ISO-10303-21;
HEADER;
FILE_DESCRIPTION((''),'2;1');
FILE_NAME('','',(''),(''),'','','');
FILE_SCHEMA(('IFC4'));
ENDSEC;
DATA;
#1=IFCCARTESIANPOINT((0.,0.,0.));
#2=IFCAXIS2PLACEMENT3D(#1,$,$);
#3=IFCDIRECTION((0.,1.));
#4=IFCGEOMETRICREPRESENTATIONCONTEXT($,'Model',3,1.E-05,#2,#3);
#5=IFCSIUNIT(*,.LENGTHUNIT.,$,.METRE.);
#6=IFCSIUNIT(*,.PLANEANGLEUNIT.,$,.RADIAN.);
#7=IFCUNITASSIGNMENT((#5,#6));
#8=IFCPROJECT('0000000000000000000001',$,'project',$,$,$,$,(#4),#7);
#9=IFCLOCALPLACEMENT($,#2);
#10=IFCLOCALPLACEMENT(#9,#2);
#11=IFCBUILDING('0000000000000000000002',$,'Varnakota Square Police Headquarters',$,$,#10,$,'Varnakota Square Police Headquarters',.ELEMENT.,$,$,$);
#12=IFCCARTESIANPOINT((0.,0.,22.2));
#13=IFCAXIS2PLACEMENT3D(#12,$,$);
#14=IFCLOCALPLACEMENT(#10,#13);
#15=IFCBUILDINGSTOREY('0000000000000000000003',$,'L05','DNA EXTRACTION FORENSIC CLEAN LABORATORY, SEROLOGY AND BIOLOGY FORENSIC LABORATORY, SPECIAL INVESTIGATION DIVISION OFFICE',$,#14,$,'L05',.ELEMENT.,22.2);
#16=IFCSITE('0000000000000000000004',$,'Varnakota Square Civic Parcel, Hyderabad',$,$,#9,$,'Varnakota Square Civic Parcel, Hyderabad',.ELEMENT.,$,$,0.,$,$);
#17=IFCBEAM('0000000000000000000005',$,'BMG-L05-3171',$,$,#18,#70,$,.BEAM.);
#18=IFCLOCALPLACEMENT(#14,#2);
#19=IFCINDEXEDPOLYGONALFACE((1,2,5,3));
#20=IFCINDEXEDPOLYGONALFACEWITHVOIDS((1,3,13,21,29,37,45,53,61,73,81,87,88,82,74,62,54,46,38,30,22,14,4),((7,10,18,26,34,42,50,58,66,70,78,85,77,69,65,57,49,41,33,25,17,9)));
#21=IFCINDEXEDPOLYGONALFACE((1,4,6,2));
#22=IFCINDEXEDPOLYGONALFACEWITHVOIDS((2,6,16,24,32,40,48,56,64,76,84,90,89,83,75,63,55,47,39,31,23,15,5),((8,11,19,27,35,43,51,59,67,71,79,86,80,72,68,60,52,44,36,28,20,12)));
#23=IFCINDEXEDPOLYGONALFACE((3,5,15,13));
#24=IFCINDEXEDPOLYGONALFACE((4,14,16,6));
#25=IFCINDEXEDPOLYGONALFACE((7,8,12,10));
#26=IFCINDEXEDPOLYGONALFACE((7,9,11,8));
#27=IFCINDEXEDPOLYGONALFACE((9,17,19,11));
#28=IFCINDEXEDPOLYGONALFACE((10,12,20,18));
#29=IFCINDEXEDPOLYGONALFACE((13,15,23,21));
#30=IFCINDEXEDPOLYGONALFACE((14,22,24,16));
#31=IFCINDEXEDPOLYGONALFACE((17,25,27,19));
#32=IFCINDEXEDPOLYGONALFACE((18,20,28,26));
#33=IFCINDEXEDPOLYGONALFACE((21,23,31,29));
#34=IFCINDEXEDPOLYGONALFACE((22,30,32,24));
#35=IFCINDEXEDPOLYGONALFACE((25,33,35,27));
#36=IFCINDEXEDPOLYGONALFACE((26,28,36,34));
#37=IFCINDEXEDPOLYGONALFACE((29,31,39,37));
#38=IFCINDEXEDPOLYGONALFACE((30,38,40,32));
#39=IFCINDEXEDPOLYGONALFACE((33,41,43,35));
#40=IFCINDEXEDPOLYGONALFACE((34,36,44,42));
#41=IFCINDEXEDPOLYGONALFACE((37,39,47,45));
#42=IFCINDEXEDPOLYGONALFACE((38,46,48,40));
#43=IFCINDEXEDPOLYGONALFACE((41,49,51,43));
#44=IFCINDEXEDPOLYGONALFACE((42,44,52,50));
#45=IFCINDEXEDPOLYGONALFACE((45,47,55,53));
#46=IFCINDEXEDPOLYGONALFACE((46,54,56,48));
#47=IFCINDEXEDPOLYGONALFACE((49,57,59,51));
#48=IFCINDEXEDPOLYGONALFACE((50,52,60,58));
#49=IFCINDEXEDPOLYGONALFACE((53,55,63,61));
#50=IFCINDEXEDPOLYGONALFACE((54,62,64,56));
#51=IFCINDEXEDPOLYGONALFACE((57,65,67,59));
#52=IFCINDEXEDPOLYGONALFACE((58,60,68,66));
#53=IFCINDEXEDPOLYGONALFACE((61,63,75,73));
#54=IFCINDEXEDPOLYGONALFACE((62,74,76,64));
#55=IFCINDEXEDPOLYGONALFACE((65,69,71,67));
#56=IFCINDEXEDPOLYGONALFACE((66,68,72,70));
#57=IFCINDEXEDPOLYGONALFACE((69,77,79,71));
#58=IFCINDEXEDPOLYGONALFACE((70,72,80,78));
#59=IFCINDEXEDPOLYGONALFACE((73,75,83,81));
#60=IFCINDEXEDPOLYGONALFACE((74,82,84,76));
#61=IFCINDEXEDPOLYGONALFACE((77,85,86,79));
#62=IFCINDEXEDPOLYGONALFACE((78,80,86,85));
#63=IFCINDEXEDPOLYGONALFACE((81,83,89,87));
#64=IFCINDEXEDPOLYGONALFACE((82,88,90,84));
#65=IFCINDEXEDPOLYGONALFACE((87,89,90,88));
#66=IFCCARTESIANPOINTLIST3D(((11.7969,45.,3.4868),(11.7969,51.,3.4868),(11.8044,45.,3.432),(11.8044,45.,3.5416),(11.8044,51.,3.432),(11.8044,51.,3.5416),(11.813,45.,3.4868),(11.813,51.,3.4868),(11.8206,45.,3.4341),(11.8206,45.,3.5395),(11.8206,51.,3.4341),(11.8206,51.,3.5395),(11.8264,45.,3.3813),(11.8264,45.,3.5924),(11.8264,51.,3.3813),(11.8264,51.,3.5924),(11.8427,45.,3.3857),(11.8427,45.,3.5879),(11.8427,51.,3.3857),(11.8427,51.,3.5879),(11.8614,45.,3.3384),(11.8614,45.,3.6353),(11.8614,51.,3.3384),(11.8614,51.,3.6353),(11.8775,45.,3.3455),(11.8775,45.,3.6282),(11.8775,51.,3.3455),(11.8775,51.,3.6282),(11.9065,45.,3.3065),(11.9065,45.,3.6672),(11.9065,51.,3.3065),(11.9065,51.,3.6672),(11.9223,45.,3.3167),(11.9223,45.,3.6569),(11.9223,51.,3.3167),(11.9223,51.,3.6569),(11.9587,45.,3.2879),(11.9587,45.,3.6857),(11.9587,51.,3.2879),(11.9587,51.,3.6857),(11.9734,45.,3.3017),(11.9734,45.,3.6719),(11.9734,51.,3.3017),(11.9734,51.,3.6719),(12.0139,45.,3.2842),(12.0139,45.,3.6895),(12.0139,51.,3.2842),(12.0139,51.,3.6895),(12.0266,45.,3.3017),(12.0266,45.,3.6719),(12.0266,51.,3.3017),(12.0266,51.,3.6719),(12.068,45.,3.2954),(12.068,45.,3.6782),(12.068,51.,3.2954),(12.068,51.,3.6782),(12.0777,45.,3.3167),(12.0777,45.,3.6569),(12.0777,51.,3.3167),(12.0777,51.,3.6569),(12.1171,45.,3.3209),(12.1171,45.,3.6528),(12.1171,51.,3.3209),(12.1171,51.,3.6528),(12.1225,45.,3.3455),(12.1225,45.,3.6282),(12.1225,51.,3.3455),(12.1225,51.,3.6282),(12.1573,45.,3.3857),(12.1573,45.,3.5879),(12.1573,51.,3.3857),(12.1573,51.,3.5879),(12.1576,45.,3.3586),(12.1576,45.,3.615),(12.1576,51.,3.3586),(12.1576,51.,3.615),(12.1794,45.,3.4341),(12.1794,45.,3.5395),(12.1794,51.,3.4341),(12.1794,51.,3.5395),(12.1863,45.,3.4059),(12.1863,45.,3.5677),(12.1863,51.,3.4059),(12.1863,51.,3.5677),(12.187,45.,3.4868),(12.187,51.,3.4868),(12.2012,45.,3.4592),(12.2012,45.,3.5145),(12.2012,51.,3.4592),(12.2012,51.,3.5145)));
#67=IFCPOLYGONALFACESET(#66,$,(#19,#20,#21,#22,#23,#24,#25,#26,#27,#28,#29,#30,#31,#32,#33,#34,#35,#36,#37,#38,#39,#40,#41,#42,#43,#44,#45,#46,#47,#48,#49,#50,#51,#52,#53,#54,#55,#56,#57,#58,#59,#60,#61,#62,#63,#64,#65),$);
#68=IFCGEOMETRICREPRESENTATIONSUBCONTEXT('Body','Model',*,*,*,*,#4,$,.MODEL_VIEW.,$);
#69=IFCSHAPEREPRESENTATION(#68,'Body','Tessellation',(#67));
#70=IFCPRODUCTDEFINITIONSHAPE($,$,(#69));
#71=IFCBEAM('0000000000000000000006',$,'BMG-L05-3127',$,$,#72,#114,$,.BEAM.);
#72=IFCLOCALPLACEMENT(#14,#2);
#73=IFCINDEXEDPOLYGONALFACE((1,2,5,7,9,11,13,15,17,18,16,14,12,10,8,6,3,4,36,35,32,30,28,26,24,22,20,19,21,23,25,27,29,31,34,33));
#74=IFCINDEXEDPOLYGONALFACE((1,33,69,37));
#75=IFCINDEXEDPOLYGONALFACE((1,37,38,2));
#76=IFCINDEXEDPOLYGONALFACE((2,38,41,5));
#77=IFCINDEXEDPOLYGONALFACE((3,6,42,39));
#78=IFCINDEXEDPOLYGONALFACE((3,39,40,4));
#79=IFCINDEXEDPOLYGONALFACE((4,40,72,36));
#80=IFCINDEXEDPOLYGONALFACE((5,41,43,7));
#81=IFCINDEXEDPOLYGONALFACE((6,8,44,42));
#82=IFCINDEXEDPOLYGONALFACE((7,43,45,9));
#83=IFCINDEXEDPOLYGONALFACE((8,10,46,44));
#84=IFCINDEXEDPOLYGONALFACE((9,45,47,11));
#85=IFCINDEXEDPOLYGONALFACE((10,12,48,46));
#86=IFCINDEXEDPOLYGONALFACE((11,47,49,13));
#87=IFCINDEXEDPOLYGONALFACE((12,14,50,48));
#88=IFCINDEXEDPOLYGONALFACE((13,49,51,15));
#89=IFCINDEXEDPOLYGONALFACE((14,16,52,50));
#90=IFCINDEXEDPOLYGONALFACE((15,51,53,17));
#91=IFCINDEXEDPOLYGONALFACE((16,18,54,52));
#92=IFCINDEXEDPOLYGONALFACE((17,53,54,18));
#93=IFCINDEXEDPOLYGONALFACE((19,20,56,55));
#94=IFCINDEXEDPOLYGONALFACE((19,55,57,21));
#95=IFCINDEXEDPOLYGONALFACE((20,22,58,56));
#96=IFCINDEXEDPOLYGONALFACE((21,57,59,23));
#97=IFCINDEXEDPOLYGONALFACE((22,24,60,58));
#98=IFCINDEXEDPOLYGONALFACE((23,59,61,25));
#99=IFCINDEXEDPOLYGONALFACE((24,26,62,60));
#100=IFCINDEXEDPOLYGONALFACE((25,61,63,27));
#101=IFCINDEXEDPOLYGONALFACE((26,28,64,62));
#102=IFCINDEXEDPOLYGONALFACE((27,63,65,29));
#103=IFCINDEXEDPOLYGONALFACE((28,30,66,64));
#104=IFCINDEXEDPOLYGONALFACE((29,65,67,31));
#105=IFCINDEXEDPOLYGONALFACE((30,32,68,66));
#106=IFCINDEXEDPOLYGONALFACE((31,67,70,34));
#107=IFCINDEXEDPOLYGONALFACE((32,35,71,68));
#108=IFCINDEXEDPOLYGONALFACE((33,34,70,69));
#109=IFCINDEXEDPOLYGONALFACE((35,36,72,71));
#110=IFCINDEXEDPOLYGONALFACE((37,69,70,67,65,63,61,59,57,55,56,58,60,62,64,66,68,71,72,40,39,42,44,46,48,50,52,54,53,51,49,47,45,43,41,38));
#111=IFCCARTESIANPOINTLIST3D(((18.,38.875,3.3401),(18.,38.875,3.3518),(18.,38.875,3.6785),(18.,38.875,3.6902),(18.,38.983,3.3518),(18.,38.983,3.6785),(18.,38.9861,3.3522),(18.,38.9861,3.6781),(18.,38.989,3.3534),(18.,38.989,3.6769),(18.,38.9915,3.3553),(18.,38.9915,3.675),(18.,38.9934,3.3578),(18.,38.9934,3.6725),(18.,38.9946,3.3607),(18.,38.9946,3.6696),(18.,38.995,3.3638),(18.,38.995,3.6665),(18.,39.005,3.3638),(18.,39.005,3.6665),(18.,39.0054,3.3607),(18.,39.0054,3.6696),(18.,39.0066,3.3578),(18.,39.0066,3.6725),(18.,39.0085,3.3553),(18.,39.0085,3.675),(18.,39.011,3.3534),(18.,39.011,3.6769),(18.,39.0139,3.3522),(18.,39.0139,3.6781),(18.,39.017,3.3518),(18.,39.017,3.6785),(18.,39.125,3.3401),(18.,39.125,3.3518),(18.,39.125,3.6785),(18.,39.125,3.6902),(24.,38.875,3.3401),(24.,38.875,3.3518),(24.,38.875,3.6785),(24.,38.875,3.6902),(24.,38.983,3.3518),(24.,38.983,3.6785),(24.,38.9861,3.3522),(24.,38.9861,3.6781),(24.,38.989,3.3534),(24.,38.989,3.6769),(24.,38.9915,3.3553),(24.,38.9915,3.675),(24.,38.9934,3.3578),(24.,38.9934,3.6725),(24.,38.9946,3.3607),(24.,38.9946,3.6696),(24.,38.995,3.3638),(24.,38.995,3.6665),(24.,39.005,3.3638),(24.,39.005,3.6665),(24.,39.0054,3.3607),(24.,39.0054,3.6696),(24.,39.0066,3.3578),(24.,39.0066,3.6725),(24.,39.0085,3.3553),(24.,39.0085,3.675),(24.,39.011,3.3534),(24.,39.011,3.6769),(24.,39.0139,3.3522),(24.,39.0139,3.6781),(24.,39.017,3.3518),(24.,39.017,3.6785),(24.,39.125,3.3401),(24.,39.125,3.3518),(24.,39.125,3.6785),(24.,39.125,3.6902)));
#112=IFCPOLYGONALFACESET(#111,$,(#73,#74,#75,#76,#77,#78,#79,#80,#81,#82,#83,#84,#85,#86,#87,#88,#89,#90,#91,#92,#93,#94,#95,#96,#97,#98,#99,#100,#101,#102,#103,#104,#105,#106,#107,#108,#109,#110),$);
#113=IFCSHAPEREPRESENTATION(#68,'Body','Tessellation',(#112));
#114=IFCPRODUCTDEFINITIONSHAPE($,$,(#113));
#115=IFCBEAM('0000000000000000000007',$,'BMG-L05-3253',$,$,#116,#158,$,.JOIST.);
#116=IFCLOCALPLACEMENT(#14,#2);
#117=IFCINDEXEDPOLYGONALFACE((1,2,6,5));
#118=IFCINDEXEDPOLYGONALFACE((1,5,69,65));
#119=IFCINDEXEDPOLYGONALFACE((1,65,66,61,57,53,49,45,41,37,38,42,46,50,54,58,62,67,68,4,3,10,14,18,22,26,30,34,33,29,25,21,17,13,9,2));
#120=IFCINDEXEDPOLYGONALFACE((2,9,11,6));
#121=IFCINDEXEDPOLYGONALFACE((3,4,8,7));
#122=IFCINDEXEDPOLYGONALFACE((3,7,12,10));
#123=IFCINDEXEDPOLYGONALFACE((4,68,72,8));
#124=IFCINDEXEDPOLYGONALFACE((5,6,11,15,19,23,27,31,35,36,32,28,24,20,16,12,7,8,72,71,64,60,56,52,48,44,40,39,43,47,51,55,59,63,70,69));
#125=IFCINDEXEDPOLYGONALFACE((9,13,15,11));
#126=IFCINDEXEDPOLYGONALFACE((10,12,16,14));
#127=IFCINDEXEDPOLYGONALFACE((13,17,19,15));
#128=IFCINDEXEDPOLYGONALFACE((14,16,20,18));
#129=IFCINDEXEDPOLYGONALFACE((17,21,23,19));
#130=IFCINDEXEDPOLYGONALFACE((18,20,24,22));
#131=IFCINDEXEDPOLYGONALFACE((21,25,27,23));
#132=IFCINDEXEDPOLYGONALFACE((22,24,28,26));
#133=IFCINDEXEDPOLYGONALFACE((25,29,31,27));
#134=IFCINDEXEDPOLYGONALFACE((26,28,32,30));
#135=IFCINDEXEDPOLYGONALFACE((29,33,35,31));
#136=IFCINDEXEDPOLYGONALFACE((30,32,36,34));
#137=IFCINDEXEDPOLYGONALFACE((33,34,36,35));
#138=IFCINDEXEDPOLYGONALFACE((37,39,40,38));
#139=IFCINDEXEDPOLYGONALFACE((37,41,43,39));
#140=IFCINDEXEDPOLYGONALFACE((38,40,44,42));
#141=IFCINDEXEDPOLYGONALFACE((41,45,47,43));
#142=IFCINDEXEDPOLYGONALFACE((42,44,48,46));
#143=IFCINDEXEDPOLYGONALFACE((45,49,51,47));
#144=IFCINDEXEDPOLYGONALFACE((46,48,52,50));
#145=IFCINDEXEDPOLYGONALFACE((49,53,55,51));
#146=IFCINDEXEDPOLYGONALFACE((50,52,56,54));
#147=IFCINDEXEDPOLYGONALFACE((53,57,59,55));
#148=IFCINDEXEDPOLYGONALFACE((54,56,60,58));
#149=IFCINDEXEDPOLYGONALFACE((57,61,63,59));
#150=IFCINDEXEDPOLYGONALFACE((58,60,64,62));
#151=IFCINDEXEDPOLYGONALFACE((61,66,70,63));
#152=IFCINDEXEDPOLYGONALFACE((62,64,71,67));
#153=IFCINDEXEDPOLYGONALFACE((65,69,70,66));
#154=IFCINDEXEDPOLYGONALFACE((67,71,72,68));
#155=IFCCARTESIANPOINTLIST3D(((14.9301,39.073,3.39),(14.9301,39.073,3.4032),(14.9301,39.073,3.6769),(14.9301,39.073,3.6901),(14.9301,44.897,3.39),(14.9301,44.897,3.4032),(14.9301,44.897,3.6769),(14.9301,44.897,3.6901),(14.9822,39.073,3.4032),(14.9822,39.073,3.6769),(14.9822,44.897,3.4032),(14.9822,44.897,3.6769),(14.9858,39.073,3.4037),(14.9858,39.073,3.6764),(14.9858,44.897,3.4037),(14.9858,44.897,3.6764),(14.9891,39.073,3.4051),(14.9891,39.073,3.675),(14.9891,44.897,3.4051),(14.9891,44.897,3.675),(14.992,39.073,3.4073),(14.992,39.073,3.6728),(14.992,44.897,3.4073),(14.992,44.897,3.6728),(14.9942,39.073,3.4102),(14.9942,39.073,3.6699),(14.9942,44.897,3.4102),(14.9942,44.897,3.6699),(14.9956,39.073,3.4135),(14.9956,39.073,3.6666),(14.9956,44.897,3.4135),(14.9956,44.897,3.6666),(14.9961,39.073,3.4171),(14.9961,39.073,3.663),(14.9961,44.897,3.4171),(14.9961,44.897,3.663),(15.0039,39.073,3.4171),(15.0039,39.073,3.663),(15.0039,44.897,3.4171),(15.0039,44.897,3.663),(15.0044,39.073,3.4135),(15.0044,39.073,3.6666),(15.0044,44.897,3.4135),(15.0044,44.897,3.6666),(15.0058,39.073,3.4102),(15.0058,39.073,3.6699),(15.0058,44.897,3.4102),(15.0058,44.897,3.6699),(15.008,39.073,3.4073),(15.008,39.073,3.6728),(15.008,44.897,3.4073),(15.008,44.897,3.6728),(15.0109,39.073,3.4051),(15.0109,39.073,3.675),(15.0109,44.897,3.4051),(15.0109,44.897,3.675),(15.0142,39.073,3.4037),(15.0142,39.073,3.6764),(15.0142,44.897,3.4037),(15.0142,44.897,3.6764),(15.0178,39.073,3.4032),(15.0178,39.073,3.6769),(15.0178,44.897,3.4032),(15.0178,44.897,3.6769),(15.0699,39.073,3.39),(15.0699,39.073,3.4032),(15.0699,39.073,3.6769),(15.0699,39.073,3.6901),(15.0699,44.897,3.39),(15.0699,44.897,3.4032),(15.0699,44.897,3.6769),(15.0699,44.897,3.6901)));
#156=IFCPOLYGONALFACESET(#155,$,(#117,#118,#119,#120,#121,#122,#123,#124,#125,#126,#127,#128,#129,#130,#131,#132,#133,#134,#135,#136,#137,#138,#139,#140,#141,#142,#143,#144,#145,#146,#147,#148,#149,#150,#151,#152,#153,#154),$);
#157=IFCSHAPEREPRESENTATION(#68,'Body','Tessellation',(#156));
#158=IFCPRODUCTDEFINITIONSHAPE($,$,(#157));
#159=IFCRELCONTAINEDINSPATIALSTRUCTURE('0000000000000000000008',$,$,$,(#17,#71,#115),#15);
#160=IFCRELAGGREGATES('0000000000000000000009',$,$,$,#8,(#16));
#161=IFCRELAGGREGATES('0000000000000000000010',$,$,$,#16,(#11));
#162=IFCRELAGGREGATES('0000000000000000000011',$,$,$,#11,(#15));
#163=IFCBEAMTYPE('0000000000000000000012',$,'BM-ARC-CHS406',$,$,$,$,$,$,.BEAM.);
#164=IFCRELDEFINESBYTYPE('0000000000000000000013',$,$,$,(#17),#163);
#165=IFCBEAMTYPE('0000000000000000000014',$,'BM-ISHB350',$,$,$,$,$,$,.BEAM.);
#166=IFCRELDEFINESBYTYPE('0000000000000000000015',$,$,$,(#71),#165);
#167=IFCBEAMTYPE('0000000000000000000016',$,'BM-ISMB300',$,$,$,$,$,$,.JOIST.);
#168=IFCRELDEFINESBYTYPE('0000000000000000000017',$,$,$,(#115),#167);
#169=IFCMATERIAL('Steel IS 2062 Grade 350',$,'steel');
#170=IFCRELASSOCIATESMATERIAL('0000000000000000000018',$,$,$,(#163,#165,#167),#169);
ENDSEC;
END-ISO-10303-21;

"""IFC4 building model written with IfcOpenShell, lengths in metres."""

from ifc_helpers import new_model, si_unit, direction, frame, origin, origin_2d, place, context, subcontext, project, spatial, hollow_circle, i_section, extrude, material, material_profile, profile_set, type_object, element, save


model = new_model("IFC4")

# Units and contexts
model_context = context("Model", 3, precision=1e-05, world=origin(), true_north=direction((0.0, 1.0)))
body_context = subcontext(model_context, "Body", "Model", "MODEL_VIEW")
ifc_project = project(units=[si_unit("LENGTHUNIT", "METRE"), si_unit("PLANEANGLEUNIT", "RADIAN")], contexts=[model_context])

# Site, building, storey
site_placement = place(None, origin())
site = spatial("IfcSite", under=ifc_project, at=site_placement, Name="Varnakota Square Civic Parcel, Hyderabad", LongName="Varnakota Square Civic Parcel, Hyderabad", CompositionType="ELEMENT", RefElevation=0.0)
building_placement = place(site_placement, origin())
building = spatial("IfcBuilding", under=site, at=building_placement, Name="Varnakota Square Police Headquarters", LongName="Varnakota Square Police Headquarters", CompositionType="ELEMENT")
storey_placement = place(building_placement, frame((0.0, 0.0, 22.2)))
storey = spatial("IfcBuildingStorey", under=building, at=storey_placement, Name="L05", Description="DNA EXTRACTION FORENSIC CLEAN LABORATORY, SEROLOGY AND BIOLOGY FORENSIC LABORATORY, SPECIAL INVESTIGATION DIVISION OFFICE", LongName="L05", CompositionType="ELEMENT", Elevation=22.2)

# Beams
ifc_material_1 = material(Name="Steel IS 2062 Grade 350", Category="steel")
ifc_material_profile_1 = material_profile(ifc_material_1, hollow_circle(Radius=0.2031, WallThickness=0.0161, at=origin_2d()), Name="CHS 406.4x16.0")
ifc_profile_set_1 = profile_set([ifc_material_profile_1], Name="Steel IS 2062 Grade 350")
beam_type_1 = type_object("IfcBeamType", Name="BM-ARC-CHS406", PredefinedType="BEAM", material=ifc_profile_set_1)
beam_1_placement = place(storey_placement, frame((12.0, 45.0, 3.4868), z_axis=(0.0, 1.0, 0.0), x_axis=(-1.0, 0.0, 0.0)))
element("IfcBeam", 1, at=beam_1_placement, inside=storey, type_object=beam_type_1, Name="BMG-L05-3171", PredefinedType="BEAM", context=body_context, shape_type="SweptSolid", body=[
    extrude(hollow_circle(Radius=0.2031, WallThickness=0.0161, at=origin_2d()), origin(), (0.0, 0.0, 1.0), 6.0),
])
ifc_material_profile_2 = material_profile(ifc_material_1, i_section(OverallWidth=0.25, OverallDepth=0.3501, WebThickness=0.01, FlangeThickness=0.0117, FilletRadius=0.012, at=origin_2d()), Name="ISHB 350")
ifc_profile_set_2 = profile_set([ifc_material_profile_2], Name="Steel IS 2062 Grade 350")
beam_type_2 = type_object("IfcBeamType", Name="BM-ISHB350", PredefinedType="BEAM", material=ifc_profile_set_2)
beam_2_placement = place(storey_placement, frame((18.0, 39.0, 3.5151), z_axis=(1.0, 0.0, 0.0), x_axis=(0.0, 1.0, 0.0)))
element("IfcBeam", 2, at=beam_2_placement, inside=storey, type_object=beam_type_2, Name="BMG-L05-3127", PredefinedType="BEAM", context=body_context, shape_type="SweptSolid", body=[
    extrude(i_section(OverallWidth=0.25, OverallDepth=0.3501, WebThickness=0.01, FlangeThickness=0.0117, FilletRadius=0.012, at=origin_2d()), origin(), (0.0, 0.0, 1.0), 6.0),
])
ifc_material_profile_3 = material_profile(ifc_material_1, i_section(OverallWidth=0.1399, OverallDepth=0.3, WebThickness=0.0078, FlangeThickness=0.0132, FilletRadius=0.0139, at=origin_2d()), Name="ISMB 300")
ifc_profile_set_3 = profile_set([ifc_material_profile_3], Name="Steel IS 2062 Grade 350")
beam_type_3 = type_object("IfcBeamType", Name="BM-ISMB300", PredefinedType="JOIST", material=ifc_profile_set_3)
beam_3_placement = place(storey_placement, frame((15.0, 39.073, 3.54), z_axis=(0.0, 1.0, 0.0), x_axis=(-1.0, 0.0, 0.0)))
element("IfcBeam", 3, at=beam_3_placement, inside=storey, type_object=beam_type_3, Name="BMG-L05-3253", PredefinedType="JOIST", context=body_context, shape_type="SweptSolid", body=[
    extrude(i_section(OverallWidth=0.1399, OverallDepth=0.3, WebThickness=0.0078, FlangeThickness=0.0132, FilletRadius=0.0139, at=origin_2d()), origin(), (0.0, 0.0, 1.0), 5.824),
])

save(model, "model.ifc")
